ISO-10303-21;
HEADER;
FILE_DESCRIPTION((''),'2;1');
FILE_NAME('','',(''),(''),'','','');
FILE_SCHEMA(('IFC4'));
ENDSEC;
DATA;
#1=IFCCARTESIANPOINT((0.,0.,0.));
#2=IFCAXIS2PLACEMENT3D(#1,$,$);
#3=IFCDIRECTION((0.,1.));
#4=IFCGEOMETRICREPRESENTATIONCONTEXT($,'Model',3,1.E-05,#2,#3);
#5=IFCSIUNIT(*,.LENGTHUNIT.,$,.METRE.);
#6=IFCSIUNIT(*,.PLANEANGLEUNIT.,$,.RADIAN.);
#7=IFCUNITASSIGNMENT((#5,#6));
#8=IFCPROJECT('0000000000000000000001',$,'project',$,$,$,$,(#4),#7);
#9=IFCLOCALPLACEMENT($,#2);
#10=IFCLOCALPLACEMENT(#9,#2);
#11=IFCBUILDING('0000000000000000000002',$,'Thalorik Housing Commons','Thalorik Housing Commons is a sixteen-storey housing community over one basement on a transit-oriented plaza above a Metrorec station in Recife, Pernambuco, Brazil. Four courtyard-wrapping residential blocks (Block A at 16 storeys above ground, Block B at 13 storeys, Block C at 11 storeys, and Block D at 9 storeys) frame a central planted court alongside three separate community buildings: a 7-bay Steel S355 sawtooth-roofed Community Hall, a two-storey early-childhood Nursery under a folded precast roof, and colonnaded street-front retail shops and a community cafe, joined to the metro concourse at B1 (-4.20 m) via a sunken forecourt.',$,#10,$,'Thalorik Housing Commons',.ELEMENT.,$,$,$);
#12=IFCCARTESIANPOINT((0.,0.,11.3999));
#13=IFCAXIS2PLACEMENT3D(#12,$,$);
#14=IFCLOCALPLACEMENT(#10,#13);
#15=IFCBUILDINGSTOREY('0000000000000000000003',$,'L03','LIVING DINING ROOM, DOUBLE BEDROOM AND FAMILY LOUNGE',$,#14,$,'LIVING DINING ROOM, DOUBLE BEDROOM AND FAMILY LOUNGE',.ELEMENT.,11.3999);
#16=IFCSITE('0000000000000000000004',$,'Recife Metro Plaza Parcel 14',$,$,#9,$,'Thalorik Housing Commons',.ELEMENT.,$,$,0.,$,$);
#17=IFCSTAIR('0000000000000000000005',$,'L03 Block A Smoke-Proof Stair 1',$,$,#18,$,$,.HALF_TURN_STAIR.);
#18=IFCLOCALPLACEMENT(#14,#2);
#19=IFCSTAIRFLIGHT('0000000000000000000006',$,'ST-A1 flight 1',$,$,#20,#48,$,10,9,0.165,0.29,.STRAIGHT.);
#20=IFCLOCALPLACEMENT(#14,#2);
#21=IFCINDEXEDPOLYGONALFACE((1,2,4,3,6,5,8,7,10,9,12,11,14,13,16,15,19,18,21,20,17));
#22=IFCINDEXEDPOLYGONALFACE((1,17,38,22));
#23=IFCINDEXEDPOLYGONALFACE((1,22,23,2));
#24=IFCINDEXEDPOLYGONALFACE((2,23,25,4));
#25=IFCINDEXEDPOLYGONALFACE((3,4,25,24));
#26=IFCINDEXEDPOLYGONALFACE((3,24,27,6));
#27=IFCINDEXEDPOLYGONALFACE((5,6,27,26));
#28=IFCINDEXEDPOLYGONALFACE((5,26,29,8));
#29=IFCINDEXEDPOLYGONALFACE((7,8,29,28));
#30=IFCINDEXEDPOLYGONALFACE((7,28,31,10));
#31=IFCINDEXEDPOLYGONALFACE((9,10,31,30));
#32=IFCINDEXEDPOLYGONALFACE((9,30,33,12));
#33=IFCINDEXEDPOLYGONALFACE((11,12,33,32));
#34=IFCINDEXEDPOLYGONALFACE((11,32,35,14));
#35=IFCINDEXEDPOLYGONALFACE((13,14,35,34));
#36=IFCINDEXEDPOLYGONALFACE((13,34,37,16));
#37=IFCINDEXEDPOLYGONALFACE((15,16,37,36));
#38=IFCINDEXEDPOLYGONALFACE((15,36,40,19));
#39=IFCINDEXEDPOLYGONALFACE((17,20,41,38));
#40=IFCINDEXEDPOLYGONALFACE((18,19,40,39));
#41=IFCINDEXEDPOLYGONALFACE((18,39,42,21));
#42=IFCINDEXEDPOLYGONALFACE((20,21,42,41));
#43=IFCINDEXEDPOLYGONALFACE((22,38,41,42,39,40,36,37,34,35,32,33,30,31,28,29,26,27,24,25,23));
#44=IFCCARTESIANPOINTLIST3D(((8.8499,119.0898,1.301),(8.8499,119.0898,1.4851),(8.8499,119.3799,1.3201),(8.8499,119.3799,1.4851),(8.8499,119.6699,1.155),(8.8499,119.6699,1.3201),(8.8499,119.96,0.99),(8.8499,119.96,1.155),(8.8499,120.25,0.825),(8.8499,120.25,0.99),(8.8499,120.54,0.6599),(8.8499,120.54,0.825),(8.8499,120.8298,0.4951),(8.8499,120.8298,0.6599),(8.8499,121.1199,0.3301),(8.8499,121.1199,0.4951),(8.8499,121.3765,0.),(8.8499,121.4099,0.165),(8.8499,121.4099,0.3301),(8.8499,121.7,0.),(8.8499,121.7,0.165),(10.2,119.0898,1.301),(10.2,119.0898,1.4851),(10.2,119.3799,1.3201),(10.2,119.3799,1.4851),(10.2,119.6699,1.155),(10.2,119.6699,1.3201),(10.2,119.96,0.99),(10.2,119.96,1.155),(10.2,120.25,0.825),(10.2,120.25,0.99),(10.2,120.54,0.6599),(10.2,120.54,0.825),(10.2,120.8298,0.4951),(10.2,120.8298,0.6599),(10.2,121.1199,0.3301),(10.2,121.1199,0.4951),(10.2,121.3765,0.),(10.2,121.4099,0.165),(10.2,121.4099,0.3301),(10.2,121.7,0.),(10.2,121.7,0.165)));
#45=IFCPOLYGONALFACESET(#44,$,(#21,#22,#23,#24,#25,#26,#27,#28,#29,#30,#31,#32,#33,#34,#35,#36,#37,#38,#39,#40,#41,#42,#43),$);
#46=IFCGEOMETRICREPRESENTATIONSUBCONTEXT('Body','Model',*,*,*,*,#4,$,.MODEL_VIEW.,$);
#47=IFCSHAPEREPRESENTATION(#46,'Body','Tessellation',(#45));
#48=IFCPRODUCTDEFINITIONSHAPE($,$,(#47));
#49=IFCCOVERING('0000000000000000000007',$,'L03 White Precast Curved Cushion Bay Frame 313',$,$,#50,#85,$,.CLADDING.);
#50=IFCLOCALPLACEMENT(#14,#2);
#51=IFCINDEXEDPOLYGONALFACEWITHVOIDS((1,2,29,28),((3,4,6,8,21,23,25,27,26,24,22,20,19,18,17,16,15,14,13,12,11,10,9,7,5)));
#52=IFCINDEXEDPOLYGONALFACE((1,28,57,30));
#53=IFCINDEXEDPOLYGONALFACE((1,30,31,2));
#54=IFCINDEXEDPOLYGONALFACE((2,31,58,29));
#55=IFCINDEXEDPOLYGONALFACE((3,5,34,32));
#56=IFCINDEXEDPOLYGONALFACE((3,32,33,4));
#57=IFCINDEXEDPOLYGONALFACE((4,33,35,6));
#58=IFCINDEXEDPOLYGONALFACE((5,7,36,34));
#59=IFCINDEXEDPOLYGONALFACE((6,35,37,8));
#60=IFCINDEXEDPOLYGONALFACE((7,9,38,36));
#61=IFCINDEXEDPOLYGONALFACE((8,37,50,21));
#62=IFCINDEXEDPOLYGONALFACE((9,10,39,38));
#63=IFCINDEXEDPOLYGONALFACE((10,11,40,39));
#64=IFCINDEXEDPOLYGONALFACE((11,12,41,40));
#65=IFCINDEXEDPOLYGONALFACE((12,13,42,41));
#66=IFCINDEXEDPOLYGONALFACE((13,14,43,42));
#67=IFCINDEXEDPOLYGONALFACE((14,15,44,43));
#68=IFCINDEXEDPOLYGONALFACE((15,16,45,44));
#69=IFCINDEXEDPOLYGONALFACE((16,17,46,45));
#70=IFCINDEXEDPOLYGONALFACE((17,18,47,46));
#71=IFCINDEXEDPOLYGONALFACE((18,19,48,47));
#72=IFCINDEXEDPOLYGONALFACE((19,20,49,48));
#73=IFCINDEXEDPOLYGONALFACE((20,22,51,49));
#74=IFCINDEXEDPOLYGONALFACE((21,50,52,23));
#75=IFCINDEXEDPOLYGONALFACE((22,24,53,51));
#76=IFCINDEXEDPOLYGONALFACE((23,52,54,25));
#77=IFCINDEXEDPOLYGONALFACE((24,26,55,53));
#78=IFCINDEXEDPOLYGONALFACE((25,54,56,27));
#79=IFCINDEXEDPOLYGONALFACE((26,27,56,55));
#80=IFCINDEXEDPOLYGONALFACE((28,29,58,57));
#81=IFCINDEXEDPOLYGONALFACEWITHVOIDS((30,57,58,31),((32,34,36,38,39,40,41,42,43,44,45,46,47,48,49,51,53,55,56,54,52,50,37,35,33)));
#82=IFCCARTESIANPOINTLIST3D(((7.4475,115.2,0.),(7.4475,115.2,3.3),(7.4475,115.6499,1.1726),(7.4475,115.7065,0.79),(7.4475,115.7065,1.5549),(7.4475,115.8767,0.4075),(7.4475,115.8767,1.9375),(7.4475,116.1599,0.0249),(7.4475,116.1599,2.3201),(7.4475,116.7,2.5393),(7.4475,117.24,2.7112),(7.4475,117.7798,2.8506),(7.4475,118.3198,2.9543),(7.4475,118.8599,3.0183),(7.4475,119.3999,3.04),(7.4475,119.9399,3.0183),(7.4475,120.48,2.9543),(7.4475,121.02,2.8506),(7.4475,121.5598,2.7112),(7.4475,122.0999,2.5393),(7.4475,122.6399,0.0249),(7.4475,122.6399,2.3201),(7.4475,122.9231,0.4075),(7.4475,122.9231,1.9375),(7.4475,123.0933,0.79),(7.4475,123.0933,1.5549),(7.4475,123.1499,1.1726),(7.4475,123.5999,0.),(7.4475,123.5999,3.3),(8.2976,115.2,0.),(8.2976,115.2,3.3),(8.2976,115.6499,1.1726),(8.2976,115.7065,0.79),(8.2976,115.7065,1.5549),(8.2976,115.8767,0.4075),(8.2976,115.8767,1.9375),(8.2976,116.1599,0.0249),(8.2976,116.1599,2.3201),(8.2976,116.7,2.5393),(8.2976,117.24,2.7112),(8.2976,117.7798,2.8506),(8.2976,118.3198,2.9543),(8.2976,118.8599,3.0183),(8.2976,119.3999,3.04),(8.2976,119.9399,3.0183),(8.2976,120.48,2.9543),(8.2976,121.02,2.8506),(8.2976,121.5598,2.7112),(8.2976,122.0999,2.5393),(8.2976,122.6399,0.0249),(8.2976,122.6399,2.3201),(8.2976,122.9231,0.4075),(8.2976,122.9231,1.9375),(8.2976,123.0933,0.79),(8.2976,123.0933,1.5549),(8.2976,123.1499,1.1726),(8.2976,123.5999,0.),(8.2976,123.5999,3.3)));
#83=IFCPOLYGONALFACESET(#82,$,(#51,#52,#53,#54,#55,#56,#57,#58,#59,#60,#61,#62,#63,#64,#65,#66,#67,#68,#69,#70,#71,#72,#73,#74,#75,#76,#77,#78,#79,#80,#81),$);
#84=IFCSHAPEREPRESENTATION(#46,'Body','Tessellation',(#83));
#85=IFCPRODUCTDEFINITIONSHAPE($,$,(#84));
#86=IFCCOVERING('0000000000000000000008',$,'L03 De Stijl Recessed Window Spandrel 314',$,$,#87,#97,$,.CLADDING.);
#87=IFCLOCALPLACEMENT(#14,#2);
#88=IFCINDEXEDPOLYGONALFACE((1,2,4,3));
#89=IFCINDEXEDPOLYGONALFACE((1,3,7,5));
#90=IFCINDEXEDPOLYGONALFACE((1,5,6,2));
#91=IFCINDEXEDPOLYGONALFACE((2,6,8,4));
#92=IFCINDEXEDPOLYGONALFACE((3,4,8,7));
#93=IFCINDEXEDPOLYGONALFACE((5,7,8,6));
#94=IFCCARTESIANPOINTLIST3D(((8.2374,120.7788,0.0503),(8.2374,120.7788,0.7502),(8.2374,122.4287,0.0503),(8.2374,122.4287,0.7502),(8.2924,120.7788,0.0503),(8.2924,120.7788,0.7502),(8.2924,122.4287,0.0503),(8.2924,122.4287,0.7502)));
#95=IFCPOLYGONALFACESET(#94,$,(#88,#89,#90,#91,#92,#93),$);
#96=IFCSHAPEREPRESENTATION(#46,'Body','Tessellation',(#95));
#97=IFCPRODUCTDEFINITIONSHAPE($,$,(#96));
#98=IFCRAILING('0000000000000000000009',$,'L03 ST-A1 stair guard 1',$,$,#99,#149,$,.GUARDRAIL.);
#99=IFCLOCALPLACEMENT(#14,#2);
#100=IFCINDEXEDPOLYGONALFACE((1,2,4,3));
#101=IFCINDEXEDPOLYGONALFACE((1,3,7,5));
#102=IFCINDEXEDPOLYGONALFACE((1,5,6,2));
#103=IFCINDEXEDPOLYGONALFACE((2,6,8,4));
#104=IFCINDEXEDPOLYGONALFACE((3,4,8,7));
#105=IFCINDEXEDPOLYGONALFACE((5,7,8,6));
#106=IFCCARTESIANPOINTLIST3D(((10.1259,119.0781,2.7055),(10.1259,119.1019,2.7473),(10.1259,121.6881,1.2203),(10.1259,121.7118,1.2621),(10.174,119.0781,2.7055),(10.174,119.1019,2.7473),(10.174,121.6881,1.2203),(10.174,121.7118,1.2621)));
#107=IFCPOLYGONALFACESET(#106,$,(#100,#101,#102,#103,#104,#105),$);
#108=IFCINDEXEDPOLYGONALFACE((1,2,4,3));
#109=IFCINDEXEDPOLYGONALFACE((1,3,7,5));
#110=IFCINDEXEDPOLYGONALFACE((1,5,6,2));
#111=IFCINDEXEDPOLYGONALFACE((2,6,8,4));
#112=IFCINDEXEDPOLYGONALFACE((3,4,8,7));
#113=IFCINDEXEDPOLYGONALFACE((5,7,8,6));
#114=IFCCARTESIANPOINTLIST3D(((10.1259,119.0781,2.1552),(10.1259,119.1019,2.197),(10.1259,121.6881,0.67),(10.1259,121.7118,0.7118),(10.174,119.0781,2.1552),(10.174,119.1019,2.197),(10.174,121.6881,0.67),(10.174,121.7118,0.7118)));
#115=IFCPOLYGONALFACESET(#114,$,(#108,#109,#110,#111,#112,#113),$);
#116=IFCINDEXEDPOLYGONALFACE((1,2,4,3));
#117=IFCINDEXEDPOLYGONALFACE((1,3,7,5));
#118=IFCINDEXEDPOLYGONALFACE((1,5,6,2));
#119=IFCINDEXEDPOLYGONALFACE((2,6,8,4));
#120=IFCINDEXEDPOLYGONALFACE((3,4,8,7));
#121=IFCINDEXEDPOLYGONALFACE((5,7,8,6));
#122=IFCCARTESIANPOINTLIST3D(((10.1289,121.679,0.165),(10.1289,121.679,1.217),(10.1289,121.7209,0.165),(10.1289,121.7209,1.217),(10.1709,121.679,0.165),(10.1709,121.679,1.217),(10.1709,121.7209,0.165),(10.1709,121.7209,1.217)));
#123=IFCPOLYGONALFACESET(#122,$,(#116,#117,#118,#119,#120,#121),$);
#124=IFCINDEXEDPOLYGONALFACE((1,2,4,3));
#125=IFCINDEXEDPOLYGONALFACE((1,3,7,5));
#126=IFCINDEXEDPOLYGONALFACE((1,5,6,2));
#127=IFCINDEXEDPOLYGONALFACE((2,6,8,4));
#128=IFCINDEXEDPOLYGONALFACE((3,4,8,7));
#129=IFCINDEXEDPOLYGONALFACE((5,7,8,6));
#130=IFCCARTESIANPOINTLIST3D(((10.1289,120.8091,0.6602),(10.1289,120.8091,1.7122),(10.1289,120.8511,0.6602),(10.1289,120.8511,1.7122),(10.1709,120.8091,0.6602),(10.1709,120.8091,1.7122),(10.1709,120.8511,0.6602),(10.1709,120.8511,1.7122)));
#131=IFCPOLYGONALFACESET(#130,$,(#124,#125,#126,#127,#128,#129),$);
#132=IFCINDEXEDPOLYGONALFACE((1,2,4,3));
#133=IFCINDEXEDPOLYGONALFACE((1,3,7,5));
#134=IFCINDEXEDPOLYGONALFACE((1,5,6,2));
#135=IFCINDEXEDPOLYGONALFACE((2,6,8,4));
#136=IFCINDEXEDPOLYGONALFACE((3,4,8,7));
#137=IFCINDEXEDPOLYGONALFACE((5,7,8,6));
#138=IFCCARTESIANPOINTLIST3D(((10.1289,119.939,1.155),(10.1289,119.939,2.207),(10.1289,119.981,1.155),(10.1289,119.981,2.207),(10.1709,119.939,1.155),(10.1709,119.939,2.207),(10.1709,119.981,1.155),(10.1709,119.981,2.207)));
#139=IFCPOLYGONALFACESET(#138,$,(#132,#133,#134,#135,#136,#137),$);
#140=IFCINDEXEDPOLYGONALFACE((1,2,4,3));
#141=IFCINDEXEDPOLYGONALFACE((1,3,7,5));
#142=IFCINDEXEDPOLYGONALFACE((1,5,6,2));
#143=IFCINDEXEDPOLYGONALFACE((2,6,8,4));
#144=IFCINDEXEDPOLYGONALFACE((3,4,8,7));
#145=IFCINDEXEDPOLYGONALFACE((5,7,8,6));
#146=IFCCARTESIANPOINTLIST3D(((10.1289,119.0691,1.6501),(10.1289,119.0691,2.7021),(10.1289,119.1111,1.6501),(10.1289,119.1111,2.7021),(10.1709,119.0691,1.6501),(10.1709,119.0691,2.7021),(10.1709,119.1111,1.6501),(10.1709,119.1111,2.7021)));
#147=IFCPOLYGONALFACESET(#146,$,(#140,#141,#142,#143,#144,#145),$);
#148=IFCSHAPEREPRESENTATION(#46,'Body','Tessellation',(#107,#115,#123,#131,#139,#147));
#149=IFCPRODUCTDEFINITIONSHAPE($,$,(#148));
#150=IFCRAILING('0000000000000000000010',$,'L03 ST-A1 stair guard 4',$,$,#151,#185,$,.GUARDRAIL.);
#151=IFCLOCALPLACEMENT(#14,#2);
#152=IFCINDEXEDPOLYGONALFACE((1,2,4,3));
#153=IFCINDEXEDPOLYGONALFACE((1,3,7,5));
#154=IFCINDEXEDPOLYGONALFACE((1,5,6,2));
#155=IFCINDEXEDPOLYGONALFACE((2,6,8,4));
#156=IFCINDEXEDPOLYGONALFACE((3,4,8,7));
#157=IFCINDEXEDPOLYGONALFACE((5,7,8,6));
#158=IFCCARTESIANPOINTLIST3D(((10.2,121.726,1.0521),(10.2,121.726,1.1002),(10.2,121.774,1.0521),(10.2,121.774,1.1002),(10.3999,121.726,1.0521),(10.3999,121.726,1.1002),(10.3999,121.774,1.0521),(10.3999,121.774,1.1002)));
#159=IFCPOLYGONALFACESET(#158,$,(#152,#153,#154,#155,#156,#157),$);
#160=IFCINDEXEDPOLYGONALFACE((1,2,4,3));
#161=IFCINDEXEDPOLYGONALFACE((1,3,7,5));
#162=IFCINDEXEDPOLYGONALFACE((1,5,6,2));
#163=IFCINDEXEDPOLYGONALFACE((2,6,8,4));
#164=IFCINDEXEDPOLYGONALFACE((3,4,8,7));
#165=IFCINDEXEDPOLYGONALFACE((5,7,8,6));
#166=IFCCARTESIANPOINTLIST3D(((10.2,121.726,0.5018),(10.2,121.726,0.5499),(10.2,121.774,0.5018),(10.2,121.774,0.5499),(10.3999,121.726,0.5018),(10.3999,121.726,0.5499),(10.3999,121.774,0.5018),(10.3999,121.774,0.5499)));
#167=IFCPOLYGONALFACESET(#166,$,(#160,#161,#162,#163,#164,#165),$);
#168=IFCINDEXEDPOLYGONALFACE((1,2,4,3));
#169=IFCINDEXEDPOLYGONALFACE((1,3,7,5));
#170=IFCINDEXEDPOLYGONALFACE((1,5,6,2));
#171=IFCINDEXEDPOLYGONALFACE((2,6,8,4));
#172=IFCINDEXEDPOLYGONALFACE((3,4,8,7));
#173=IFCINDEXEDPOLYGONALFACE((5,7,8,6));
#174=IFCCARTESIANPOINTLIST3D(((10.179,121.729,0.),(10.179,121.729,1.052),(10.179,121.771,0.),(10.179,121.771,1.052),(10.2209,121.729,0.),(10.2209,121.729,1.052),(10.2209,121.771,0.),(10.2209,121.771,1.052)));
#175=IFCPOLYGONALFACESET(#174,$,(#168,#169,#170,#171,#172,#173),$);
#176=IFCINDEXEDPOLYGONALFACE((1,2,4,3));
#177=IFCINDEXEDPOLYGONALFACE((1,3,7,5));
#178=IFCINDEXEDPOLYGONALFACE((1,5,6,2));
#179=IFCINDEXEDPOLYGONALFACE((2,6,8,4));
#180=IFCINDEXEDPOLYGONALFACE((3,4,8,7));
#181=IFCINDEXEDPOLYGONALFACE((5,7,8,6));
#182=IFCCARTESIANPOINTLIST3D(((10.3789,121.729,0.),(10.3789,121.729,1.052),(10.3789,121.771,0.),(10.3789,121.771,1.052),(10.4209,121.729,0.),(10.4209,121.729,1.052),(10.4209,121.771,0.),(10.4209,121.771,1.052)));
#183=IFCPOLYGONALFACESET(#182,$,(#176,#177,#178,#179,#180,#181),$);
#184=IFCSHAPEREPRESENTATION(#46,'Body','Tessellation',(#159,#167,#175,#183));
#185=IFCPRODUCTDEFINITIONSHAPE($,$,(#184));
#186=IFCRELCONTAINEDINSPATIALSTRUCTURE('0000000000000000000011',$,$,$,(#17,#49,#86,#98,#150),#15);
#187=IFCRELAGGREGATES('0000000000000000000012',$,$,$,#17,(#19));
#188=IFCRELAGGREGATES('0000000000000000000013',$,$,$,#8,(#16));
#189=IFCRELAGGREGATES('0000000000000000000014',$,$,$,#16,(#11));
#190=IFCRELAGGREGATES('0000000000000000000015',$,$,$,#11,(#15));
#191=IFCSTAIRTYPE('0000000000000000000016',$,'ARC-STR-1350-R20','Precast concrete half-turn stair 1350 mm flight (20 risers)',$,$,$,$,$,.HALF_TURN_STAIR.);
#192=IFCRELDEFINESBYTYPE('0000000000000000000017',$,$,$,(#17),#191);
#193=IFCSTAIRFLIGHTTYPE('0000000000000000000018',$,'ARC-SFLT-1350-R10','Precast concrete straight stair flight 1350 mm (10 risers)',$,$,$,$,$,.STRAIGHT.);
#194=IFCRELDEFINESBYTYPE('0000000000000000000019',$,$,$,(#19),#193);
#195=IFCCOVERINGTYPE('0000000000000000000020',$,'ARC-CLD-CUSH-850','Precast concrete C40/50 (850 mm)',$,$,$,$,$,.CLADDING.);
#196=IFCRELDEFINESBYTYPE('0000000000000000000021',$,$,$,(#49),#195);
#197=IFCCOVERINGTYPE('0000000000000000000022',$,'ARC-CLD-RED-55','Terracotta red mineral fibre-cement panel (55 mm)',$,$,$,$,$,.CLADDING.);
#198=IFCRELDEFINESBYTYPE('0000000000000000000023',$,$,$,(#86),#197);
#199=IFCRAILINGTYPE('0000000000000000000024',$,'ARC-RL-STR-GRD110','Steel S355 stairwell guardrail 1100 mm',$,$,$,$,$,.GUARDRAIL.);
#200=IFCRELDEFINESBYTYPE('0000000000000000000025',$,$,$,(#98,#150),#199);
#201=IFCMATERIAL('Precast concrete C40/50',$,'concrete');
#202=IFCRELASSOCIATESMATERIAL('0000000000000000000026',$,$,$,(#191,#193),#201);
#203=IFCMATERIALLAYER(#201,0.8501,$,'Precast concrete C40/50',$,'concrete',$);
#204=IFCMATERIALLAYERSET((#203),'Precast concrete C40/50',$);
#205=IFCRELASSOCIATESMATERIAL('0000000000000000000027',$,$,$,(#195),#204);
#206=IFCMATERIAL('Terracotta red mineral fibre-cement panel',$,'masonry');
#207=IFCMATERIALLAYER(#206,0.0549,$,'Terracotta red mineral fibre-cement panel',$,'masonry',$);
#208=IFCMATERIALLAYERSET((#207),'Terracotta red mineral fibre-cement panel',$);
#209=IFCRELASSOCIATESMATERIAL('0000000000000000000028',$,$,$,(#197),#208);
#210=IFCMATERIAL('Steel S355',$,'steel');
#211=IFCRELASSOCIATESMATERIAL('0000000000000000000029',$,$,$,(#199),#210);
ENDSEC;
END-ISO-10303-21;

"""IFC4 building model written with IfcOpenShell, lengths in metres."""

from ifc_helpers import new_model, si_unit, direction, frame, origin, origin_2d, place, context, subcontext, project, spatial, polyline, rectangle, outline, extrude, material, layer, layer_set, type_object, element, aggregate, save


model = new_model("IFC4")

# Units and contexts
model_context = context("Model", 3, precision=1e-05, world=origin(), true_north=direction((0.0, 1.0)))
body_context = subcontext(model_context, "Body", "Model", "MODEL_VIEW")
ifc_project = project(units=[si_unit("LENGTHUNIT", "METRE"), si_unit("PLANEANGLEUNIT", "RADIAN")], contexts=[model_context])

# Site, building, storey
site_placement = place(None, origin())
site = spatial("IfcSite", under=ifc_project, at=site_placement, Name="Recife Metro Plaza Parcel 14", LongName="Thalorik Housing Commons", CompositionType="ELEMENT", RefElevation=0.0)
building_placement = place(site_placement, origin())
building = spatial("IfcBuilding", under=site, at=building_placement, Name="Thalorik Housing Commons", Description="Thalorik Housing Commons is a sixteen-storey housing community over one basement on a transit-oriented plaza above a Metrorec station in Recife, Pernambuco, Brazil. Four courtyard-wrapping residential blocks (Block A at 16 storeys above ground, Block B at 13 storeys, Block C at 11 storeys, and Block D at 9 storeys) frame a central planted court alongside three separate community buildings: a 7-bay Steel S355 sawtooth-roofed Community Hall, a two-storey early-childhood Nursery under a folded precast roof, and colonnaded street-front retail shops and a community cafe, joined to the metro concourse at B1 (-4.20 m) via a sunken forecourt.", LongName="Thalorik Housing Commons", CompositionType="ELEMENT")
storey_placement = place(building_placement, frame((0.0, 0.0, 11.3999)))
storey = spatial("IfcBuildingStorey", under=building, at=storey_placement, Name="L03", Description="LIVING DINING ROOM, DOUBLE BEDROOM AND FAMILY LOUNGE", LongName="LIVING DINING ROOM, DOUBLE BEDROOM AND FAMILY LOUNGE", CompositionType="ELEMENT", Elevation=11.3999)

# Shared definitions
ifc_material_1 = material(Name="Precast concrete C40/50", Category="concrete")

# Shared definitions
ifc_material_2 = material(Name="Steel S355", Category="steel")

# Stair, stair flight
stair_type = type_object("IfcStairType", Name="ARC-STR-1350-R20", Description="Precast concrete half-turn stair 1350 mm flight (20 risers)", PredefinedType="HALF_TURN_STAIR", material=ifc_material_1)
stair_placement = place(storey_placement, origin())
stair = element("IfcStair", 1, at=stair_placement, inside=storey, type_object=stair_type, Name="L03 Block A Smoke-Proof Stair 1", PredefinedType="HALF_TURN_STAIR")
stair_flight_type = type_object("IfcStairFlightType", Name="ARC-SFLT-1350-R10", Description="Precast concrete straight stair flight 1350 mm (10 risers)", PredefinedType="STRAIGHT", material=ifc_material_1)
stair_flight_placement = place(storey_placement, frame((9.5249, 121.7, 0.0), z_axis=(0.0, 0.0, 1.0), x_axis=(0.0, -1.0, 0.0)))
stair_flight = element("IfcStairFlight", 2, at=stair_flight_placement, type_object=stair_flight_type, Name="ST-A1 flight 1", NumberOfRisers=10, NumberOfTreads=9, PredefinedType="STRAIGHT", RiserHeight=0.165, TreadLength=0.29, context=body_context, shape_type="SweptSolid", body=[
    extrude(outline(polyline([(0.0, 0.0), (0.0, 0.165), (0.29, 0.165), (0.29, 0.3301), (0.5801, 0.3301), (0.5801, 0.4951), (0.8701, 0.4951), (0.8701, 0.6599), (1.1599, 0.6599), (1.1599, 0.825), (1.45, 0.825), (1.45, 0.99), (1.74, 0.99), (1.74, 1.155), (2.03, 1.155), (2.03, 1.3201), (2.3201, 1.3201), (2.3201, 1.4851), (2.6101, 1.4851), (2.6101, 1.6499), (2.6101, 1.301), (0.3235, 0.0), (0.0, 0.0)])), frame((0.0, 0.675, 0.0), z_axis=(0.0, -1.0, 0.0), x_axis=(1.0, 0.0, 0.0)), (0.0, 0.0, 1.0), 1.3501),
])
aggregate(stair, [stair_flight])

# Coverings
ifc_layer_1 = layer(ifc_material_1, 0.8501, Name="Precast concrete C40/50", Category="concrete")
ifc_layer_set_1 = layer_set([ifc_layer_1], Name="Precast concrete C40/50")
covering_type_1 = type_object("IfcCoveringType", Name="ARC-CLD-CUSH-850", Description="Precast concrete C40/50 (850 mm)", PredefinedType="CLADDING", material=ifc_layer_set_1)
covering_1_placement = place(storey_placement, frame((7.8726, 119.3999, 0.0), z_axis=(0.0, 0.0, 1.0), x_axis=(0.0, -1.0, 0.0)))
element("IfcCovering", 3, at=covering_1_placement, inside=storey, type_object=covering_type_1, Name="L03 White Precast Curved Cushion Bay Frame 313", PredefinedType="CLADDING", context=body_context, shape_type="SweptSolid", body=[
    extrude(outline(polyline([(-4.2, 0.0), (4.2, 0.0), (4.2, 3.3), (-4.2, 3.3), (-4.2, 0.0)]), holes=[polyline([(3.24, 0.0249), (3.5232, 0.4075), (3.6934, 0.79), (3.75, 1.1726), (3.6934, 1.5549), (3.5232, 1.9375), (3.24, 2.3201), (2.7, 2.5393), (2.1599, 2.7112), (1.6201, 2.8506), (1.0801, 2.9543), (0.54, 3.0183), (0.0, 3.04), (-0.54, 3.0183), (-1.0801, 2.9543), (-1.6201, 2.8506), (-2.1599, 2.7112), (-2.7, 2.5393), (-3.24, 2.3201), (-3.5232, 1.9375), (-3.6934, 1.5549), (-3.75, 1.1726), (-3.6934, 0.79), (-3.5232, 0.4075), (-3.24, 0.0249), (3.24, 0.0249)])]), frame((0.0, 0.425, 0.0), z_axis=(0.0, -1.0, 0.0), x_axis=(1.0, 0.0, 0.0)), (0.0, 0.0, 1.0), 0.8501),
])
ifc_material_3 = material(Name="Terracotta red mineral fibre-cement panel", Category="masonry")
ifc_layer_2 = layer(ifc_material_3, 0.0549, Name="Terracotta red mineral fibre-cement panel", Category="masonry")
ifc_layer_set_2 = layer_set([ifc_layer_2], Name="Terracotta red mineral fibre-cement panel")
covering_type_2 = type_object("IfcCoveringType", Name="ARC-CLD-RED-55", Description="Terracotta red mineral fibre-cement panel (55 mm)", PredefinedType="CLADDING", material=ifc_layer_set_2)
covering_2_placement = place(storey_placement, frame((8.2649, 121.6038, 0.0503), z_axis=(0.0, 0.0, 1.0), x_axis=(0.0, -1.0, 0.0)))
element("IfcCovering", 4, at=covering_2_placement, inside=storey, type_object=covering_type_2, Name="L03 De Stijl Recessed Window Spandrel 314", PredefinedType="CLADDING", context=body_context, shape_type="SweptSolid", body=[
    extrude(rectangle(XDim=1.6499, YDim=0.0549, at=origin_2d()), origin(), (0.0, 0.0, 1.0), 0.7),
])

# Railings
railing_type_1 = type_object("IfcRailingType", Name="ARC-RL-STR-GRD110", Description="Steel S355 stairwell guardrail 1100 mm", PredefinedType="GUARDRAIL", material=ifc_material_2)
railing_1_placement = place(storey_placement, frame((10.1499, 121.7, 0.165)))
element("IfcRailing", 5, at=railing_1_placement, inside=storey, type_object=railing_type_1, Name="L03 ST-A1 stair guard 1", PredefinedType="GUARDRAIL", context=body_context, shape_type="SweptSolid", body=[
    extrude(rectangle(XDim=0.0481, YDim=0.0481, at=origin_2d()), frame((0.0, 0.0, 1.0762), z_axis=(0.0, -0.869137, 0.494571), x_axis=(1.0, 0.0, 0.0)), (0.0, 0.0, 1.0), 3.0029),
    extrude(rectangle(XDim=0.0481, YDim=0.0481, at=origin_2d()), frame((0.0, 0.0, 0.5259), z_axis=(0.0, -0.869137, 0.494571), x_axis=(1.0, 0.0, 0.0)), (0.0, 0.0, 1.0), 3.0029),
    extrude(rectangle(XDim=0.042, YDim=0.042, at=origin_2d()), origin(), (0.0, 0.0, 1.0), 1.052),
    extrude(rectangle(XDim=0.042, YDim=0.042, at=origin_2d()), frame((0.0, -0.8699, 0.4951)), (0.0, 0.0, 1.0), 1.052),
    extrude(rectangle(XDim=0.042, YDim=0.042, at=origin_2d()), frame((0.0, -1.74, 0.99)), (0.0, 0.0, 1.0), 1.052),
    extrude(rectangle(XDim=0.042, YDim=0.042, at=origin_2d()), frame((0.0, -2.6099, 1.4851)), (0.0, 0.0, 1.0), 1.052),
])
railing_2_placement = place(storey_placement, frame((10.2, 121.75, 0.0)))
element("IfcRailing", 6, at=railing_2_placement, inside=storey, type_object=railing_type_1, Name="L03 ST-A1 stair guard 4", PredefinedType="GUARDRAIL", context=body_context, shape_type="SweptSolid", body=[
    extrude(rectangle(XDim=0.0481, YDim=0.0481, at=origin_2d()), frame((0.0, 0.0, 1.0762), z_axis=(1.0, 0.0, 0.0), x_axis=(0.0, 1.0, 0.0)), (0.0, 0.0, 1.0), 0.2),
    extrude(rectangle(XDim=0.0481, YDim=0.0481, at=origin_2d()), frame((0.0, 0.0, 0.5259), z_axis=(1.0, 0.0, 0.0), x_axis=(0.0, 1.0, 0.0)), (0.0, 0.0, 1.0), 0.2),
    extrude(rectangle(XDim=0.042, YDim=0.042, at=origin_2d()), origin(), (0.0, 0.0, 1.0), 1.052),
    extrude(rectangle(XDim=0.042, YDim=0.042, at=origin_2d()), frame((0.2, 0.0, 0.0)), (0.0, 0.0, 1.0), 1.052),
])

save(model, "model.ifc")
